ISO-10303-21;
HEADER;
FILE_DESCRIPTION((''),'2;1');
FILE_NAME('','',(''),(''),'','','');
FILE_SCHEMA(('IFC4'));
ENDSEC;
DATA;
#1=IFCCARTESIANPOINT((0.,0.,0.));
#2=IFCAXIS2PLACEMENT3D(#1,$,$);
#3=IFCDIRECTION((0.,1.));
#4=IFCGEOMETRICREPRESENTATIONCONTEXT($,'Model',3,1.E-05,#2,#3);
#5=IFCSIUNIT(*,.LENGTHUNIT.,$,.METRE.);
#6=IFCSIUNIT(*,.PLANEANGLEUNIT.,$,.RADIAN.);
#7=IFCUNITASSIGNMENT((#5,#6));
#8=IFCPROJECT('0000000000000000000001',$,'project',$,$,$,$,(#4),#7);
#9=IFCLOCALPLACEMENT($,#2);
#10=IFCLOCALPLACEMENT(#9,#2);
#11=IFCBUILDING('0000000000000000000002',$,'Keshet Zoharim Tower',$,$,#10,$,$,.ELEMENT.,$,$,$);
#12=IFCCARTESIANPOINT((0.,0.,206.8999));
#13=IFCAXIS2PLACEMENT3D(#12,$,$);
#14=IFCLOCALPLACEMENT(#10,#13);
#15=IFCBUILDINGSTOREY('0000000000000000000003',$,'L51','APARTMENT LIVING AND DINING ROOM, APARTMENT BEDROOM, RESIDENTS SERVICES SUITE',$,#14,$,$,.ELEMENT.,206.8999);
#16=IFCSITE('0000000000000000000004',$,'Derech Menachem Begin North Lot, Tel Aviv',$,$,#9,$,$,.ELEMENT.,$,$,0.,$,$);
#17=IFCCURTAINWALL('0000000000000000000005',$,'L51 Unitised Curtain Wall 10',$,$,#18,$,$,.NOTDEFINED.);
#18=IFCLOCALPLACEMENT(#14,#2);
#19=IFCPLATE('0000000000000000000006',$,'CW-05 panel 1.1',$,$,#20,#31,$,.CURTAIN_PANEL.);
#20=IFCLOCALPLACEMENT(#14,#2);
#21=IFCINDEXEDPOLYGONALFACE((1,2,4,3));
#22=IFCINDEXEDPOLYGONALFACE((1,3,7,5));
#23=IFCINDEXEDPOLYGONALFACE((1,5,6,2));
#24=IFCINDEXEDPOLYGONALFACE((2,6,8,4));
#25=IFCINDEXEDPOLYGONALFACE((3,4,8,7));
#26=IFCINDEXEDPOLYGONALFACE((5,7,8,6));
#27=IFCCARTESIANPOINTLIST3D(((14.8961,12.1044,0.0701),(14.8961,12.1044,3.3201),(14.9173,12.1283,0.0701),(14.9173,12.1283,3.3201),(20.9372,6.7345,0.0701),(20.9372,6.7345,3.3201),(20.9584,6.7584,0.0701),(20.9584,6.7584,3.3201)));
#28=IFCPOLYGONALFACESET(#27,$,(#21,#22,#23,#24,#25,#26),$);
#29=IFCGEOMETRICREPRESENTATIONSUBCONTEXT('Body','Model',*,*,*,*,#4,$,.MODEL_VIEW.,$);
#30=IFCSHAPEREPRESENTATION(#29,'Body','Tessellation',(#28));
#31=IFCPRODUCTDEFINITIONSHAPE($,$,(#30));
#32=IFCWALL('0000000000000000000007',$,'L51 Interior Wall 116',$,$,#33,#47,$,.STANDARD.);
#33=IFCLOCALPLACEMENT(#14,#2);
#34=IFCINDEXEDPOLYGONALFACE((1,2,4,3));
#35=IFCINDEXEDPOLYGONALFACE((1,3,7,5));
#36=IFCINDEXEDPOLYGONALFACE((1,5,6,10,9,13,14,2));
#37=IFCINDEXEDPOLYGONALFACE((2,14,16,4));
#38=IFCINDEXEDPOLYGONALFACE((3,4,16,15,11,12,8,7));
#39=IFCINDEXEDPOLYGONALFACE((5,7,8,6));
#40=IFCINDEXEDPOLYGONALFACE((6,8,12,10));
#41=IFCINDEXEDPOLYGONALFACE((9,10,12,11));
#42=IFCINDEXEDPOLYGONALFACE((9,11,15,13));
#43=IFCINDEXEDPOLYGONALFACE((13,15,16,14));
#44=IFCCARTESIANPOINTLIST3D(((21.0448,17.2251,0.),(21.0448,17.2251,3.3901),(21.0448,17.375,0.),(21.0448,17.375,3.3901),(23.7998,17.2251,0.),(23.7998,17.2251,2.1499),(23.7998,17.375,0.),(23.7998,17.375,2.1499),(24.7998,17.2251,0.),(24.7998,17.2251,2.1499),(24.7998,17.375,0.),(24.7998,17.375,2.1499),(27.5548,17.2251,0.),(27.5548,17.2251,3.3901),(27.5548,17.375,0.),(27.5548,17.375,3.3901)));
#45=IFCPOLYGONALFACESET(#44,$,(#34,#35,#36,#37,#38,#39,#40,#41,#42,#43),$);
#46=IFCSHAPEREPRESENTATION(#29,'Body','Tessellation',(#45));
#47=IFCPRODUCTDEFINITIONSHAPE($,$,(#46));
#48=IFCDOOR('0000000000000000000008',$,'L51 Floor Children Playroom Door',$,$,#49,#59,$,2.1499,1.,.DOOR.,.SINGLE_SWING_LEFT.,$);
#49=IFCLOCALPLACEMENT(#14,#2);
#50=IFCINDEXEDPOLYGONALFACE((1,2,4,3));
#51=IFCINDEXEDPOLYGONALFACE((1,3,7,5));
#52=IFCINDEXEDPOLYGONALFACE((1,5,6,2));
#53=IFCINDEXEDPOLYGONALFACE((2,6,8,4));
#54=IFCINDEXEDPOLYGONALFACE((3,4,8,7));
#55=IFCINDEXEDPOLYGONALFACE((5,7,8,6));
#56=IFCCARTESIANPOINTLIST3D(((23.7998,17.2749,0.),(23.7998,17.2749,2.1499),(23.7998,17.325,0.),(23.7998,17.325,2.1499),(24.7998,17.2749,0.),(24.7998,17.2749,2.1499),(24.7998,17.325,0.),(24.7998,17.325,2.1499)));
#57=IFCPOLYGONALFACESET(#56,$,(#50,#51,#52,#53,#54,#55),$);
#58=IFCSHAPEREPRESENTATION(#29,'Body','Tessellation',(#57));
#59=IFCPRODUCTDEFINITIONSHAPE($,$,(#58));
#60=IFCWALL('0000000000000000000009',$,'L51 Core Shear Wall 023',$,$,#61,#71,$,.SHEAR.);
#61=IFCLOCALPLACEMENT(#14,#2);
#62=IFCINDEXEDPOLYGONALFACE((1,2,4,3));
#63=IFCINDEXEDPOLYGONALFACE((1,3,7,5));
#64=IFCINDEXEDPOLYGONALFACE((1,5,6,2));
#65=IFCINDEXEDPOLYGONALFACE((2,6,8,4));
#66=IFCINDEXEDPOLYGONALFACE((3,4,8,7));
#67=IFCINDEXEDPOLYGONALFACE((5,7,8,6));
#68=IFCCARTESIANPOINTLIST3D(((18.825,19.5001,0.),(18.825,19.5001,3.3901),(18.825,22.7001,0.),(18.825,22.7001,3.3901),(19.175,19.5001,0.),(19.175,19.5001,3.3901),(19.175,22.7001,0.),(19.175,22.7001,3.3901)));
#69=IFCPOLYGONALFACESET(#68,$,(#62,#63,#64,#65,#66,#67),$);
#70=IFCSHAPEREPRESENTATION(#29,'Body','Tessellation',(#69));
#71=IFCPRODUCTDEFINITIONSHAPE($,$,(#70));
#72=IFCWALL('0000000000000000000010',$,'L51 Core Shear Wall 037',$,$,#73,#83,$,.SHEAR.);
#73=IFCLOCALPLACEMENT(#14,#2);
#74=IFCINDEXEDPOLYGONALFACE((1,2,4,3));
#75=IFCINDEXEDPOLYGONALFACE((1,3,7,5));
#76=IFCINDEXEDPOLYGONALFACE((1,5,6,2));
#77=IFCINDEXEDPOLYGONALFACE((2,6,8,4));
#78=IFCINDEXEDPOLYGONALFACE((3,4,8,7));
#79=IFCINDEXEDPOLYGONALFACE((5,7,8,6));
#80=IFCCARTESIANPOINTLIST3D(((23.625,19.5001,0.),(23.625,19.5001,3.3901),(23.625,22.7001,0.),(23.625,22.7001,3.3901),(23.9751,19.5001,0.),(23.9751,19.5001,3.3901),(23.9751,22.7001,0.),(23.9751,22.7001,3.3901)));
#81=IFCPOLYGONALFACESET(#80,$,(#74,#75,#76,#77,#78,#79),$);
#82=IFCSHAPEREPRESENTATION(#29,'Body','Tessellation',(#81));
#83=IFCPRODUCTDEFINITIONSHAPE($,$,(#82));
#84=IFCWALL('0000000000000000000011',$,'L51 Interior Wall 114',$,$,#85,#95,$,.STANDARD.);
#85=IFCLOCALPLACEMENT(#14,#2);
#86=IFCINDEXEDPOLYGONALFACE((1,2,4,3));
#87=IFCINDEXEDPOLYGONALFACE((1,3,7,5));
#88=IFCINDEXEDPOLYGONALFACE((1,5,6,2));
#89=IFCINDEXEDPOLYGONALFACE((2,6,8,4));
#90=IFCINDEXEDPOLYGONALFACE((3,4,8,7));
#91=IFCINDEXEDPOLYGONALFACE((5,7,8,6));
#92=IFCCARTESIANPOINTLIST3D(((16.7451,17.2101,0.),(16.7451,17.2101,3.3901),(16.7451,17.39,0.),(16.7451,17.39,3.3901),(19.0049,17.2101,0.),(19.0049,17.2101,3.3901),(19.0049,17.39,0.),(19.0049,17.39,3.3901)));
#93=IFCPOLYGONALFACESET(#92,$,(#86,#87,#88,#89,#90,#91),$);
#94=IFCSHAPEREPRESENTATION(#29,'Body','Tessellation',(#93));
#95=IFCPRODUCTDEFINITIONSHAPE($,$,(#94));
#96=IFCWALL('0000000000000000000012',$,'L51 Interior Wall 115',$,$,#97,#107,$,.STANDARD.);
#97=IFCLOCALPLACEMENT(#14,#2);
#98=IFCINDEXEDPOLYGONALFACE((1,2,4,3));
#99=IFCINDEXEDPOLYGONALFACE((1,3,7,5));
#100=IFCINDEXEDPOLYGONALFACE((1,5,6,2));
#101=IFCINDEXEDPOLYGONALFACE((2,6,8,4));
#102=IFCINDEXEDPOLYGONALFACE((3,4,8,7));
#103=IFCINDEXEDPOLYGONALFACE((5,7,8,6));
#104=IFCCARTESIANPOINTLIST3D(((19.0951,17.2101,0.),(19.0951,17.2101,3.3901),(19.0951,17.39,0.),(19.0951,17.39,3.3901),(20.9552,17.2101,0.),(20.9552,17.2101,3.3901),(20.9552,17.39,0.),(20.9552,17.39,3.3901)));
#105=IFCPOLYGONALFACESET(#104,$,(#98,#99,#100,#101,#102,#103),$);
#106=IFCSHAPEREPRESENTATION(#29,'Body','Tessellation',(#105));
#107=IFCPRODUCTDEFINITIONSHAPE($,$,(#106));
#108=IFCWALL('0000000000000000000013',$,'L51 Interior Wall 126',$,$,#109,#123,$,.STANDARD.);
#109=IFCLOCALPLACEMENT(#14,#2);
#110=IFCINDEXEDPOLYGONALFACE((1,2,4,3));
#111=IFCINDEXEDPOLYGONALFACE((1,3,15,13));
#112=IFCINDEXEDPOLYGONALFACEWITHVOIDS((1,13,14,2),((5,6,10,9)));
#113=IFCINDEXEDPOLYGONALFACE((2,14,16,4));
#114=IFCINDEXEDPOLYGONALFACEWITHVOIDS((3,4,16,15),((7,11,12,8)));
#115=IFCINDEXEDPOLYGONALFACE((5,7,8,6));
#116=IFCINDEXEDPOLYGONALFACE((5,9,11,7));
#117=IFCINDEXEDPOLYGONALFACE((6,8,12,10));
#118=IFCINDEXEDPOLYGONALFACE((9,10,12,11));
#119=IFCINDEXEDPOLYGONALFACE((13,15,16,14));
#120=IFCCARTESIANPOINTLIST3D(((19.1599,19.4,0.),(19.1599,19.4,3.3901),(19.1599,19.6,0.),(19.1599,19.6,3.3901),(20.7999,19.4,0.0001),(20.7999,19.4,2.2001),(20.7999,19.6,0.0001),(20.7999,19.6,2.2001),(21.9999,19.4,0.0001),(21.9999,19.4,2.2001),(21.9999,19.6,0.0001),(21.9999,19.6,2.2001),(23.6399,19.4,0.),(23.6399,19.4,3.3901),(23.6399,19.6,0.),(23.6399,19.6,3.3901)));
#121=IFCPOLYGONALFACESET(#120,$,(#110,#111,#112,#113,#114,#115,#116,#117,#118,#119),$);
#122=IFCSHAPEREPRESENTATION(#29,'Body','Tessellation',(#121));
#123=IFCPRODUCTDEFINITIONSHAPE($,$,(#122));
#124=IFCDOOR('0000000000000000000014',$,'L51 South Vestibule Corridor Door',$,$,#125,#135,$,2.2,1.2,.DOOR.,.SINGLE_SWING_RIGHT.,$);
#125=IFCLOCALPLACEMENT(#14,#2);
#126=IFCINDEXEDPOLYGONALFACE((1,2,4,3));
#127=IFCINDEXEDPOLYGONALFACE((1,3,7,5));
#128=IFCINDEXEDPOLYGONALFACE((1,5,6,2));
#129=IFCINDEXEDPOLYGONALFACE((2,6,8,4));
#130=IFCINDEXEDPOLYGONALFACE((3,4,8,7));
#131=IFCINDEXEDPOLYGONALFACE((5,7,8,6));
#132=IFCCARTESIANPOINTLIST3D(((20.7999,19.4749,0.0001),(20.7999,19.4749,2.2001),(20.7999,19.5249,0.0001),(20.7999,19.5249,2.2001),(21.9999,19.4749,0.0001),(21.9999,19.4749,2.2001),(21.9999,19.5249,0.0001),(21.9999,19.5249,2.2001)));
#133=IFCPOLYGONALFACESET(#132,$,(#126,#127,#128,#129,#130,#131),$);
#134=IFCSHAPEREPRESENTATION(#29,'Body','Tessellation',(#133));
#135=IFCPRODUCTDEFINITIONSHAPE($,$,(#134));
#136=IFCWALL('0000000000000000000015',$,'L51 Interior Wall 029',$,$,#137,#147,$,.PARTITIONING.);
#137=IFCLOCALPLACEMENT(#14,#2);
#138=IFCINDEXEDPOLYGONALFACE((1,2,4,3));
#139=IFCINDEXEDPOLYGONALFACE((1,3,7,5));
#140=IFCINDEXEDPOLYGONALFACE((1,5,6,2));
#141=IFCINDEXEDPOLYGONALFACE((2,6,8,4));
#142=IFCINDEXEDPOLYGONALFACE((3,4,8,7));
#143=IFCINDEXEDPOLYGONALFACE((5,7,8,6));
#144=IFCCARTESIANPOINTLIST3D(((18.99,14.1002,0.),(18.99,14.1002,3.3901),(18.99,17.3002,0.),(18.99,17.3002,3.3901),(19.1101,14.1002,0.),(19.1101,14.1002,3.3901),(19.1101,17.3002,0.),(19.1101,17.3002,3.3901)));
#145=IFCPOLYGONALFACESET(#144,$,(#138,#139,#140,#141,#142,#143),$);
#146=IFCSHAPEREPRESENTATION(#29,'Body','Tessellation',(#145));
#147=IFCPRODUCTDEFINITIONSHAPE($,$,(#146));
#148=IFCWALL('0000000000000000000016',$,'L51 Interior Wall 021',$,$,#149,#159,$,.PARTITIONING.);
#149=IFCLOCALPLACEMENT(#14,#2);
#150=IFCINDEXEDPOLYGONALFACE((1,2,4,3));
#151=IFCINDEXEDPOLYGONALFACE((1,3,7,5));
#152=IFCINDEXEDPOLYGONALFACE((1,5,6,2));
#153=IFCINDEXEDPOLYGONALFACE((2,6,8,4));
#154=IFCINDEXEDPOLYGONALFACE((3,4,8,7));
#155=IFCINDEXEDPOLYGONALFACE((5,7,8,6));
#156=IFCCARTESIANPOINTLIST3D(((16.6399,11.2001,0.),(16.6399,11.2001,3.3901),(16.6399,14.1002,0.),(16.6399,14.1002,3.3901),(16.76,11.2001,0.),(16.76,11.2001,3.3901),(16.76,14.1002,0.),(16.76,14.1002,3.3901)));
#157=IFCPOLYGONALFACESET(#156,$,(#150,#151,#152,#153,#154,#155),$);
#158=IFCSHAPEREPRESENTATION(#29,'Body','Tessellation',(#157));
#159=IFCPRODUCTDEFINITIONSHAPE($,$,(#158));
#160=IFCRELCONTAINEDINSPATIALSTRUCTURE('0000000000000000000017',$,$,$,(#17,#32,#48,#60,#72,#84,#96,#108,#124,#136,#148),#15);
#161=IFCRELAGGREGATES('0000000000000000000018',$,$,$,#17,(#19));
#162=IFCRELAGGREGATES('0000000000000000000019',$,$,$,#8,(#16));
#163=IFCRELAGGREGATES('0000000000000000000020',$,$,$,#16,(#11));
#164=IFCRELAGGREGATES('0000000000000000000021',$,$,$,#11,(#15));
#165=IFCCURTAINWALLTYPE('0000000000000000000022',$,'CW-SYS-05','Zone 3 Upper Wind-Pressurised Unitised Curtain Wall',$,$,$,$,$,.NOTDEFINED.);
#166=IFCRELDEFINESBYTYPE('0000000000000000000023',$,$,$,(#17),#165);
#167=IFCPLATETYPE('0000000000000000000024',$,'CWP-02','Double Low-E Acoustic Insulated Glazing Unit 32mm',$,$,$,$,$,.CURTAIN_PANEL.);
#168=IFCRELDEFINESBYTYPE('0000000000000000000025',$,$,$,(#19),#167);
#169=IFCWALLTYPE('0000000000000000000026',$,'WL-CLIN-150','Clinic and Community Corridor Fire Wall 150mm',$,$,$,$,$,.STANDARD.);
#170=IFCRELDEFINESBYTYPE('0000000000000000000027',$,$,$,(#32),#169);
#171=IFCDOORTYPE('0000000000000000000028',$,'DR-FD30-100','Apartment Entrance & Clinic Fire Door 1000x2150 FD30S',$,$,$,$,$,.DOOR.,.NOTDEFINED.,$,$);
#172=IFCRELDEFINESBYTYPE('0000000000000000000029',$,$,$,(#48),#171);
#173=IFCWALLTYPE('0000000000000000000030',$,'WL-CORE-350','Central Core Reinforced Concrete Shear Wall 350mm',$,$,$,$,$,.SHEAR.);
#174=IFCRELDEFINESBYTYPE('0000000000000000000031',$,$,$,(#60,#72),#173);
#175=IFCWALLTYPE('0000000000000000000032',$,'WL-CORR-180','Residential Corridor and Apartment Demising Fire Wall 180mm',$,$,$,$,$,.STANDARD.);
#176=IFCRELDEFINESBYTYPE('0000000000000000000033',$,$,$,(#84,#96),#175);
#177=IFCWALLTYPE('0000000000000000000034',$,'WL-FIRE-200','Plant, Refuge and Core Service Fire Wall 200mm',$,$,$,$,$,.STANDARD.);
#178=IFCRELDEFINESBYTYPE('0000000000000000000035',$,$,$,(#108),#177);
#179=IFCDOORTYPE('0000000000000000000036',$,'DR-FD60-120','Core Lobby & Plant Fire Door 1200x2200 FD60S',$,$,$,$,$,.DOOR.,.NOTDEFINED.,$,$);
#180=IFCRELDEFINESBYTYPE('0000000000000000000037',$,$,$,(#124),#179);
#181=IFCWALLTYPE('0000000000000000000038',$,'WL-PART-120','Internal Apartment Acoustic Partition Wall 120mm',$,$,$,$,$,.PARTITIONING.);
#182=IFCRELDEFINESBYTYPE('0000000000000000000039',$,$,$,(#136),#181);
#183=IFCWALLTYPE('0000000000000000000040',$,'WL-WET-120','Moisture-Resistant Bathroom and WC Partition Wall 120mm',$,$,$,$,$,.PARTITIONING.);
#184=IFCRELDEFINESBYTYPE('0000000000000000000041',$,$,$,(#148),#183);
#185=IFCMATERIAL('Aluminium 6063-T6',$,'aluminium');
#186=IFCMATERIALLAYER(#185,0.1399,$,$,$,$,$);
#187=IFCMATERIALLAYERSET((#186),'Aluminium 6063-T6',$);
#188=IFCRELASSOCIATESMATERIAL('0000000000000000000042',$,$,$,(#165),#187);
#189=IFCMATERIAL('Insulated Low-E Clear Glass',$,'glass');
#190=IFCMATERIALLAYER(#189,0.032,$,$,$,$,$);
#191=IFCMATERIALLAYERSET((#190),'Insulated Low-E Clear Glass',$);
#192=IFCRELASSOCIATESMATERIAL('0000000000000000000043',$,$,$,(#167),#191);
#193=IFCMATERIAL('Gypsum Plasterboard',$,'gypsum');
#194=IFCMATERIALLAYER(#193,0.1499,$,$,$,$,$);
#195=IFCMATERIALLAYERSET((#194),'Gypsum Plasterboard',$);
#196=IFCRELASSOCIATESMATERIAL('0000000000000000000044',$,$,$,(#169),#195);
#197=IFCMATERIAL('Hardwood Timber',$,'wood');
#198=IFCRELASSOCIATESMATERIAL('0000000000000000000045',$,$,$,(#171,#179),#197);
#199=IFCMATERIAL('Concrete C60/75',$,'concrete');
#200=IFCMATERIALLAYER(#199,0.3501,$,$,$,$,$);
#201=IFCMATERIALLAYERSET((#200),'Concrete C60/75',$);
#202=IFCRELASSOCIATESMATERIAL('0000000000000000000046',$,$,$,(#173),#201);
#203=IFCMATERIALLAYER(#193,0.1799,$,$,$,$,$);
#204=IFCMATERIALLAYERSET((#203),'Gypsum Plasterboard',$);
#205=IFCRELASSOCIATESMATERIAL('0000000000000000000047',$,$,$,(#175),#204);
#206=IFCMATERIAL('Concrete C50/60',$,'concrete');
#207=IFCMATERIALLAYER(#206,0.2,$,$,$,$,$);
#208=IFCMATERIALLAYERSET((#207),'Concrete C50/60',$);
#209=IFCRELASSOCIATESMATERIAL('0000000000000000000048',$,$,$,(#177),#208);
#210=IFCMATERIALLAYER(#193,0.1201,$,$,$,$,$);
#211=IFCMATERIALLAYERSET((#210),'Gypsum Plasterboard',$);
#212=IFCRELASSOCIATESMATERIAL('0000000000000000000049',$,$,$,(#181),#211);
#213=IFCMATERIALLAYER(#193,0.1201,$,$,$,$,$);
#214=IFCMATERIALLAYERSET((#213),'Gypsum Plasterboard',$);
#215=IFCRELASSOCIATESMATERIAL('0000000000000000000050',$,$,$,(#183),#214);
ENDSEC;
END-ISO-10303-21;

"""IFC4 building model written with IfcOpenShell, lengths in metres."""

from ifc_helpers import new_model, si_unit, direction, frame, frame_2d, origin, origin_2d, place, context, subcontext, project, spatial, rectangle, extrude, material, layer, layer_set, type_object, element, fill, aggregate, save


model = new_model("IFC4")

# Units and contexts
model_context = context("Model", 3, precision=1e-05, world=origin(), true_north=direction((0.0, 1.0)))
body_context = subcontext(model_context, "Body", "Model", "MODEL_VIEW")
ifc_project = project(units=[si_unit("LENGTHUNIT", "METRE"), si_unit("PLANEANGLEUNIT", "RADIAN")], contexts=[model_context])

# Site, building, storey
site_placement = place(None, origin())
site = spatial("IfcSite", under=ifc_project, at=site_placement, Name="Derech Menachem Begin North Lot, Tel Aviv", CompositionType="ELEMENT", RefElevation=0.0)
building_placement = place(site_placement, origin())
building = spatial("IfcBuilding", under=site, at=building_placement, Name="Keshet Zoharim Tower", CompositionType="ELEMENT")
storey_placement = place(building_placement, frame((0.0, 0.0, 206.8999)))
storey = spatial("IfcBuildingStorey", under=building, at=storey_placement, Name="L51", Description="APARTMENT LIVING AND DINING ROOM, APARTMENT BEDROOM, RESIDENTS SERVICES SUITE", CompositionType="ELEMENT", Elevation=206.8999)

# Curtain wall, plate
ifc_material_1 = material(Name="Aluminium 6063-T6", Category="aluminium")
ifc_layer_1 = layer(ifc_material_1, 0.1399)
ifc_layer_set_1 = layer_set([ifc_layer_1], Name="Aluminium 6063-T6")
curtain_wall_type = type_object("IfcCurtainWallType", Name="CW-SYS-05", Description="Zone 3 Upper Wind-Pressurised Unitised Curtain Wall", PredefinedType="NOTDEFINED", material=ifc_layer_set_1)
curtain_wall_placement = place(storey_placement, origin())
curtain_wall = element("IfcCurtainWall", 1, at=curtain_wall_placement, inside=storey, type_object=curtain_wall_type, Name="L51 Unitised Curtain Wall 10", PredefinedType="NOTDEFINED")
ifc_material_2 = material(Name="Insulated Low-E Clear Glass", Category="glass")
ifc_layer_2 = layer(ifc_material_2, 0.032)
ifc_layer_set_2 = layer_set([ifc_layer_2], Name="Insulated Low-E Clear Glass")
plate_type = type_object("IfcPlateType", Name="CWP-02", Description="Double Low-E Acoustic Insulated Glazing Unit 32mm", PredefinedType="CURTAIN_PANEL", material=ifc_layer_set_2)
plate_placement = place(storey_placement, frame((17.9272, 9.4314, 0.0701), z_axis=(0.0, 0.0, 1.0), x_axis=(-0.747406, 0.664368, 0.0)))
plate = element("IfcPlate", 2, at=plate_placement, type_object=plate_type, Name="CW-05 panel 1.1", PredefinedType="CURTAIN_PANEL", context=body_context, shape_type="SweptSolid", body=[
    extrude(rectangle(XDim=8.0828, YDim=0.032, at=origin_2d()), origin(), (0.0, 0.0, 1.0), 3.25),
])
aggregate(curtain_wall, [plate])

# Wall, opening, door
ifc_material_3 = material(Name="Gypsum Plasterboard", Category="gypsum")
ifc_layer_3 = layer(ifc_material_3, 0.1499)
ifc_layer_set_3 = layer_set([ifc_layer_3], Name="Gypsum Plasterboard")
wall_type_1 = type_object("IfcWallType", Name="WL-CLIN-150", Description="Clinic and Community Corridor Fire Wall 150mm", PredefinedType="STANDARD", material=ifc_layer_set_3)
wall_1_placement = place(storey_placement, frame((21.0449, 17.3, 0.0), z_axis=(0.0, 0.0, 1.0), x_axis=(1.0, 0.0, 0.0)))
wall_1 = element("IfcWall", 3, at=wall_1_placement, inside=storey, type_object=wall_type_1, Name="L51 Interior Wall 116", PredefinedType="STANDARD", context=body_context, shape_type="SweptSolid", body=[
    extrude(rectangle(XDim=6.51, YDim=0.1499, at=frame_2d((3.2549, 0.0))), origin(), (0.0, 0.0, 1.0), 3.3901),
])
opening_1_placement = place(wall_1_placement, frame((2.7549, 0.0, 0.0)))
opening_1 = element("IfcOpeningElement", 4, at=opening_1_placement, cuts=wall_1, PredefinedType="OPENING", context=body_context, shape_type="SweptSolid", body=[
    extrude(rectangle(XDim=1.0, YDim=2.1499, at=frame_2d((0.5, 1.075))), frame((0.0, 0.085, 0.0), z_axis=(0.0, -1.0, 0.0), x_axis=(1.0, 0.0, 0.0)), (0.0, 0.0, 1.0), 0.1699),
])
ifc_material_4 = material(Name="Hardwood Timber", Category="wood")
door_type_1 = type_object("IfcDoorType", Name="DR-FD30-100", Description="Apartment Entrance & Clinic Fire Door 1000x2150 FD30S", OperationType="NOTDEFINED", PredefinedType="DOOR", material=ifc_material_4)
door_1_placement = place(opening_1_placement, origin())
door_1 = element("IfcDoor", 5, at=door_1_placement, inside=storey, type_object=door_type_1, Name="L51 Floor Children Playroom Door", OperationType="SINGLE_SWING_LEFT", OverallHeight=2.1499, OverallWidth=1.0, PredefinedType="DOOR", context=body_context, shape_type="SweptSolid", body=[
    extrude(rectangle(XDim=1.0, YDim=2.1499, at=frame_2d((0.5, 1.075))), frame((0.0, 0.0249, 0.0), z_axis=(0.0, -1.0, 0.0), x_axis=(1.0, 0.0, 0.0)), (0.0, 0.0, 1.0), 0.05),
])
fill(opening_1, door_1)

# Walls
ifc_material_5 = material(Name="Concrete C60/75", Category="concrete")
ifc_layer_4 = layer(ifc_material_5, 0.3501)
ifc_layer_set_4 = layer_set([ifc_layer_4], Name="Concrete C60/75")
wall_type_2 = type_object("IfcWallType", Name="WL-CORE-350", Description="Central Core Reinforced Concrete Shear Wall 350mm", PredefinedType="SHEAR", material=ifc_layer_set_4)
for number, where, z_axis, x_axis, name in (
    (6, (19.0, 19.5, 0.0), (0.0, 0.0, 1.0), (0.0, 1.0, 0.0), "L51 Core Shear Wall 023"),
    (7, (23.8, 19.5, 0.0), (0.0, 0.0, 1.0), (0.0, 1.0, 0.0), "L51 Core Shear Wall 037"),
):
    element("IfcWall", number, at=place(storey_placement, frame(where, z_axis=z_axis, x_axis=x_axis)), inside=storey, type_object=wall_type_2, Name=name, PredefinedType="SHEAR", context=body_context, shape_type="SweptSolid", body=[
        extrude(rectangle(XDim=3.2, YDim=0.3501, at=frame_2d((1.6001, 0.0))), origin(), (0.0, 0.0, 1.0), 3.3901),
    ])
ifc_layer_5 = layer(ifc_material_3, 0.1799)
ifc_layer_set_5 = layer_set([ifc_layer_5], Name="Gypsum Plasterboard")
wall_type_3 = type_object("IfcWallType", Name="WL-CORR-180", Description="Residential Corridor and Apartment Demising Fire Wall 180mm", PredefinedType="STANDARD", material=ifc_layer_set_5)
wall_2_placement = place(storey_placement, frame((16.7451, 17.3, 0.0), z_axis=(0.0, 0.0, 1.0), x_axis=(1.0, 0.0, 0.0)))
element("IfcWall", 8, at=wall_2_placement, inside=storey, type_object=wall_type_3, Name="L51 Interior Wall 114", PredefinedType="STANDARD", context=body_context, shape_type="SweptSolid", body=[
    extrude(rectangle(XDim=2.2598, YDim=0.1799, at=frame_2d((1.1299, 0.0))), origin(), (0.0, 0.0, 1.0), 3.3901),
])
wall_3_placement = place(storey_placement, frame((19.095, 17.3, 0.0), z_axis=(0.0, 0.0, 1.0), x_axis=(1.0, 0.0, 0.0)))
element("IfcWall", 9, at=wall_3_placement, inside=storey, type_object=wall_type_3, Name="L51 Interior Wall 115", PredefinedType="STANDARD", context=body_context, shape_type="SweptSolid", body=[
    extrude(rectangle(XDim=1.8601, YDim=0.1799, at=frame_2d((0.9302, 0.0))), origin(), (0.0, 0.0, 1.0), 3.3901),
])

# Wall, opening, door
ifc_material_6 = material(Name="Concrete C50/60", Category="concrete")
ifc_layer_6 = layer(ifc_material_6, 0.2)
ifc_layer_set_6 = layer_set([ifc_layer_6], Name="Concrete C50/60")
wall_type_4 = type_object("IfcWallType", Name="WL-FIRE-200", Description="Plant, Refuge and Core Service Fire Wall 200mm", PredefinedType="STANDARD", material=ifc_layer_set_6)
wall_4_placement = place(storey_placement, frame((19.1599, 19.5, 0.0), z_axis=(0.0, 0.0, 1.0), x_axis=(1.0, 0.0, 0.0)))
wall_4 = element("IfcWall", 10, at=wall_4_placement, inside=storey, type_object=wall_type_4, Name="L51 Interior Wall 126", PredefinedType="STANDARD", context=body_context, shape_type="SweptSolid", body=[
    extrude(rectangle(XDim=4.48, YDim=0.2, at=frame_2d((2.24, 0.0))), origin(), (0.0, 0.0, 1.0), 3.3901),
])
opening_2_placement = place(wall_4_placement, frame((1.6399, 0.0, 0.0)))
opening_2 = element("IfcOpeningElement", 11, at=opening_2_placement, cuts=wall_4, PredefinedType="OPENING", context=body_context, shape_type="SweptSolid", body=[
    extrude(rectangle(XDim=1.2, YDim=2.2, at=frame_2d((0.6001, 1.1001))), frame((0.0, 0.1099, 0.0), z_axis=(0.0, -1.0, 0.0), x_axis=(1.0, 0.0, 0.0)), (0.0, 0.0, 1.0), 0.22),
])
door_type_2 = type_object("IfcDoorType", Name="DR-FD60-120", Description="Core Lobby & Plant Fire Door 1200x2200 FD60S", OperationType="NOTDEFINED", PredefinedType="DOOR", material=ifc_material_4)
door_2_placement = place(opening_2_placement, origin())
door_2 = element("IfcDoor", 12, at=door_2_placement, inside=storey, type_object=door_type_2, Name="L51 South Vestibule Corridor Door", OperationType="SINGLE_SWING_RIGHT", OverallHeight=2.2, OverallWidth=1.2, PredefinedType="DOOR", context=body_context, shape_type="SweptSolid", body=[
    extrude(rectangle(XDim=1.2, YDim=2.2, at=frame_2d((0.6001, 1.1001))), frame((0.0, 0.0249, 0.0), z_axis=(0.0, -1.0, 0.0), x_axis=(1.0, 0.0, 0.0)), (0.0, 0.0, 1.0), 0.05),
])
fill(opening_2, door_2)
ifc_layer_7 = layer(ifc_material_3, 0.1201)
ifc_layer_set_7 = layer_set([ifc_layer_7], Name="Gypsum Plasterboard")
wall_type_5 = type_object("IfcWallType", Name="WL-PART-120", Description="Internal Apartment Acoustic Partition Wall 120mm", PredefinedType="PARTITIONING", material=ifc_layer_set_7)

# Walls
wall_5_placement = place(storey_placement, frame((19.05, 14.1001, 0.0), z_axis=(0.0, 0.0, 1.0), x_axis=(0.0, 1.0, 0.0)))
element("IfcWall", 13, at=wall_5_placement, inside=storey, type_object=wall_type_5, Name="L51 Interior Wall 029", PredefinedType="PARTITIONING", context=body_context, shape_type="SweptSolid", body=[
    extrude(rectangle(XDim=3.2, YDim=0.1201, at=frame_2d((1.6001, 0.0))), origin(), (0.0, 0.0, 1.0), 3.3901),
])
ifc_layer_8 = layer(ifc_material_3, 0.1201)
ifc_layer_set_8 = layer_set([ifc_layer_8], Name="Gypsum Plasterboard")
wall_type_6 = type_object("IfcWallType", Name="WL-WET-120", Description="Moisture-Resistant Bathroom and WC Partition Wall 120mm", PredefinedType="PARTITIONING", material=ifc_layer_set_8)
wall_6_placement = place(storey_placement, frame((16.7, 11.2, 0.0), z_axis=(0.0, 0.0, 1.0), x_axis=(0.0, 1.0, 0.0)))
element("IfcWall", 14, at=wall_6_placement, inside=storey, type_object=wall_type_6, Name="L51 Interior Wall 021", PredefinedType="PARTITIONING", context=body_context, shape_type="SweptSolid", body=[
    extrude(rectangle(XDim=2.9001, YDim=0.1201, at=frame_2d((1.4502, 0.0))), origin(), (0.0, 0.0, 1.0), 3.3901),
])

save(model, "model.ifc")
